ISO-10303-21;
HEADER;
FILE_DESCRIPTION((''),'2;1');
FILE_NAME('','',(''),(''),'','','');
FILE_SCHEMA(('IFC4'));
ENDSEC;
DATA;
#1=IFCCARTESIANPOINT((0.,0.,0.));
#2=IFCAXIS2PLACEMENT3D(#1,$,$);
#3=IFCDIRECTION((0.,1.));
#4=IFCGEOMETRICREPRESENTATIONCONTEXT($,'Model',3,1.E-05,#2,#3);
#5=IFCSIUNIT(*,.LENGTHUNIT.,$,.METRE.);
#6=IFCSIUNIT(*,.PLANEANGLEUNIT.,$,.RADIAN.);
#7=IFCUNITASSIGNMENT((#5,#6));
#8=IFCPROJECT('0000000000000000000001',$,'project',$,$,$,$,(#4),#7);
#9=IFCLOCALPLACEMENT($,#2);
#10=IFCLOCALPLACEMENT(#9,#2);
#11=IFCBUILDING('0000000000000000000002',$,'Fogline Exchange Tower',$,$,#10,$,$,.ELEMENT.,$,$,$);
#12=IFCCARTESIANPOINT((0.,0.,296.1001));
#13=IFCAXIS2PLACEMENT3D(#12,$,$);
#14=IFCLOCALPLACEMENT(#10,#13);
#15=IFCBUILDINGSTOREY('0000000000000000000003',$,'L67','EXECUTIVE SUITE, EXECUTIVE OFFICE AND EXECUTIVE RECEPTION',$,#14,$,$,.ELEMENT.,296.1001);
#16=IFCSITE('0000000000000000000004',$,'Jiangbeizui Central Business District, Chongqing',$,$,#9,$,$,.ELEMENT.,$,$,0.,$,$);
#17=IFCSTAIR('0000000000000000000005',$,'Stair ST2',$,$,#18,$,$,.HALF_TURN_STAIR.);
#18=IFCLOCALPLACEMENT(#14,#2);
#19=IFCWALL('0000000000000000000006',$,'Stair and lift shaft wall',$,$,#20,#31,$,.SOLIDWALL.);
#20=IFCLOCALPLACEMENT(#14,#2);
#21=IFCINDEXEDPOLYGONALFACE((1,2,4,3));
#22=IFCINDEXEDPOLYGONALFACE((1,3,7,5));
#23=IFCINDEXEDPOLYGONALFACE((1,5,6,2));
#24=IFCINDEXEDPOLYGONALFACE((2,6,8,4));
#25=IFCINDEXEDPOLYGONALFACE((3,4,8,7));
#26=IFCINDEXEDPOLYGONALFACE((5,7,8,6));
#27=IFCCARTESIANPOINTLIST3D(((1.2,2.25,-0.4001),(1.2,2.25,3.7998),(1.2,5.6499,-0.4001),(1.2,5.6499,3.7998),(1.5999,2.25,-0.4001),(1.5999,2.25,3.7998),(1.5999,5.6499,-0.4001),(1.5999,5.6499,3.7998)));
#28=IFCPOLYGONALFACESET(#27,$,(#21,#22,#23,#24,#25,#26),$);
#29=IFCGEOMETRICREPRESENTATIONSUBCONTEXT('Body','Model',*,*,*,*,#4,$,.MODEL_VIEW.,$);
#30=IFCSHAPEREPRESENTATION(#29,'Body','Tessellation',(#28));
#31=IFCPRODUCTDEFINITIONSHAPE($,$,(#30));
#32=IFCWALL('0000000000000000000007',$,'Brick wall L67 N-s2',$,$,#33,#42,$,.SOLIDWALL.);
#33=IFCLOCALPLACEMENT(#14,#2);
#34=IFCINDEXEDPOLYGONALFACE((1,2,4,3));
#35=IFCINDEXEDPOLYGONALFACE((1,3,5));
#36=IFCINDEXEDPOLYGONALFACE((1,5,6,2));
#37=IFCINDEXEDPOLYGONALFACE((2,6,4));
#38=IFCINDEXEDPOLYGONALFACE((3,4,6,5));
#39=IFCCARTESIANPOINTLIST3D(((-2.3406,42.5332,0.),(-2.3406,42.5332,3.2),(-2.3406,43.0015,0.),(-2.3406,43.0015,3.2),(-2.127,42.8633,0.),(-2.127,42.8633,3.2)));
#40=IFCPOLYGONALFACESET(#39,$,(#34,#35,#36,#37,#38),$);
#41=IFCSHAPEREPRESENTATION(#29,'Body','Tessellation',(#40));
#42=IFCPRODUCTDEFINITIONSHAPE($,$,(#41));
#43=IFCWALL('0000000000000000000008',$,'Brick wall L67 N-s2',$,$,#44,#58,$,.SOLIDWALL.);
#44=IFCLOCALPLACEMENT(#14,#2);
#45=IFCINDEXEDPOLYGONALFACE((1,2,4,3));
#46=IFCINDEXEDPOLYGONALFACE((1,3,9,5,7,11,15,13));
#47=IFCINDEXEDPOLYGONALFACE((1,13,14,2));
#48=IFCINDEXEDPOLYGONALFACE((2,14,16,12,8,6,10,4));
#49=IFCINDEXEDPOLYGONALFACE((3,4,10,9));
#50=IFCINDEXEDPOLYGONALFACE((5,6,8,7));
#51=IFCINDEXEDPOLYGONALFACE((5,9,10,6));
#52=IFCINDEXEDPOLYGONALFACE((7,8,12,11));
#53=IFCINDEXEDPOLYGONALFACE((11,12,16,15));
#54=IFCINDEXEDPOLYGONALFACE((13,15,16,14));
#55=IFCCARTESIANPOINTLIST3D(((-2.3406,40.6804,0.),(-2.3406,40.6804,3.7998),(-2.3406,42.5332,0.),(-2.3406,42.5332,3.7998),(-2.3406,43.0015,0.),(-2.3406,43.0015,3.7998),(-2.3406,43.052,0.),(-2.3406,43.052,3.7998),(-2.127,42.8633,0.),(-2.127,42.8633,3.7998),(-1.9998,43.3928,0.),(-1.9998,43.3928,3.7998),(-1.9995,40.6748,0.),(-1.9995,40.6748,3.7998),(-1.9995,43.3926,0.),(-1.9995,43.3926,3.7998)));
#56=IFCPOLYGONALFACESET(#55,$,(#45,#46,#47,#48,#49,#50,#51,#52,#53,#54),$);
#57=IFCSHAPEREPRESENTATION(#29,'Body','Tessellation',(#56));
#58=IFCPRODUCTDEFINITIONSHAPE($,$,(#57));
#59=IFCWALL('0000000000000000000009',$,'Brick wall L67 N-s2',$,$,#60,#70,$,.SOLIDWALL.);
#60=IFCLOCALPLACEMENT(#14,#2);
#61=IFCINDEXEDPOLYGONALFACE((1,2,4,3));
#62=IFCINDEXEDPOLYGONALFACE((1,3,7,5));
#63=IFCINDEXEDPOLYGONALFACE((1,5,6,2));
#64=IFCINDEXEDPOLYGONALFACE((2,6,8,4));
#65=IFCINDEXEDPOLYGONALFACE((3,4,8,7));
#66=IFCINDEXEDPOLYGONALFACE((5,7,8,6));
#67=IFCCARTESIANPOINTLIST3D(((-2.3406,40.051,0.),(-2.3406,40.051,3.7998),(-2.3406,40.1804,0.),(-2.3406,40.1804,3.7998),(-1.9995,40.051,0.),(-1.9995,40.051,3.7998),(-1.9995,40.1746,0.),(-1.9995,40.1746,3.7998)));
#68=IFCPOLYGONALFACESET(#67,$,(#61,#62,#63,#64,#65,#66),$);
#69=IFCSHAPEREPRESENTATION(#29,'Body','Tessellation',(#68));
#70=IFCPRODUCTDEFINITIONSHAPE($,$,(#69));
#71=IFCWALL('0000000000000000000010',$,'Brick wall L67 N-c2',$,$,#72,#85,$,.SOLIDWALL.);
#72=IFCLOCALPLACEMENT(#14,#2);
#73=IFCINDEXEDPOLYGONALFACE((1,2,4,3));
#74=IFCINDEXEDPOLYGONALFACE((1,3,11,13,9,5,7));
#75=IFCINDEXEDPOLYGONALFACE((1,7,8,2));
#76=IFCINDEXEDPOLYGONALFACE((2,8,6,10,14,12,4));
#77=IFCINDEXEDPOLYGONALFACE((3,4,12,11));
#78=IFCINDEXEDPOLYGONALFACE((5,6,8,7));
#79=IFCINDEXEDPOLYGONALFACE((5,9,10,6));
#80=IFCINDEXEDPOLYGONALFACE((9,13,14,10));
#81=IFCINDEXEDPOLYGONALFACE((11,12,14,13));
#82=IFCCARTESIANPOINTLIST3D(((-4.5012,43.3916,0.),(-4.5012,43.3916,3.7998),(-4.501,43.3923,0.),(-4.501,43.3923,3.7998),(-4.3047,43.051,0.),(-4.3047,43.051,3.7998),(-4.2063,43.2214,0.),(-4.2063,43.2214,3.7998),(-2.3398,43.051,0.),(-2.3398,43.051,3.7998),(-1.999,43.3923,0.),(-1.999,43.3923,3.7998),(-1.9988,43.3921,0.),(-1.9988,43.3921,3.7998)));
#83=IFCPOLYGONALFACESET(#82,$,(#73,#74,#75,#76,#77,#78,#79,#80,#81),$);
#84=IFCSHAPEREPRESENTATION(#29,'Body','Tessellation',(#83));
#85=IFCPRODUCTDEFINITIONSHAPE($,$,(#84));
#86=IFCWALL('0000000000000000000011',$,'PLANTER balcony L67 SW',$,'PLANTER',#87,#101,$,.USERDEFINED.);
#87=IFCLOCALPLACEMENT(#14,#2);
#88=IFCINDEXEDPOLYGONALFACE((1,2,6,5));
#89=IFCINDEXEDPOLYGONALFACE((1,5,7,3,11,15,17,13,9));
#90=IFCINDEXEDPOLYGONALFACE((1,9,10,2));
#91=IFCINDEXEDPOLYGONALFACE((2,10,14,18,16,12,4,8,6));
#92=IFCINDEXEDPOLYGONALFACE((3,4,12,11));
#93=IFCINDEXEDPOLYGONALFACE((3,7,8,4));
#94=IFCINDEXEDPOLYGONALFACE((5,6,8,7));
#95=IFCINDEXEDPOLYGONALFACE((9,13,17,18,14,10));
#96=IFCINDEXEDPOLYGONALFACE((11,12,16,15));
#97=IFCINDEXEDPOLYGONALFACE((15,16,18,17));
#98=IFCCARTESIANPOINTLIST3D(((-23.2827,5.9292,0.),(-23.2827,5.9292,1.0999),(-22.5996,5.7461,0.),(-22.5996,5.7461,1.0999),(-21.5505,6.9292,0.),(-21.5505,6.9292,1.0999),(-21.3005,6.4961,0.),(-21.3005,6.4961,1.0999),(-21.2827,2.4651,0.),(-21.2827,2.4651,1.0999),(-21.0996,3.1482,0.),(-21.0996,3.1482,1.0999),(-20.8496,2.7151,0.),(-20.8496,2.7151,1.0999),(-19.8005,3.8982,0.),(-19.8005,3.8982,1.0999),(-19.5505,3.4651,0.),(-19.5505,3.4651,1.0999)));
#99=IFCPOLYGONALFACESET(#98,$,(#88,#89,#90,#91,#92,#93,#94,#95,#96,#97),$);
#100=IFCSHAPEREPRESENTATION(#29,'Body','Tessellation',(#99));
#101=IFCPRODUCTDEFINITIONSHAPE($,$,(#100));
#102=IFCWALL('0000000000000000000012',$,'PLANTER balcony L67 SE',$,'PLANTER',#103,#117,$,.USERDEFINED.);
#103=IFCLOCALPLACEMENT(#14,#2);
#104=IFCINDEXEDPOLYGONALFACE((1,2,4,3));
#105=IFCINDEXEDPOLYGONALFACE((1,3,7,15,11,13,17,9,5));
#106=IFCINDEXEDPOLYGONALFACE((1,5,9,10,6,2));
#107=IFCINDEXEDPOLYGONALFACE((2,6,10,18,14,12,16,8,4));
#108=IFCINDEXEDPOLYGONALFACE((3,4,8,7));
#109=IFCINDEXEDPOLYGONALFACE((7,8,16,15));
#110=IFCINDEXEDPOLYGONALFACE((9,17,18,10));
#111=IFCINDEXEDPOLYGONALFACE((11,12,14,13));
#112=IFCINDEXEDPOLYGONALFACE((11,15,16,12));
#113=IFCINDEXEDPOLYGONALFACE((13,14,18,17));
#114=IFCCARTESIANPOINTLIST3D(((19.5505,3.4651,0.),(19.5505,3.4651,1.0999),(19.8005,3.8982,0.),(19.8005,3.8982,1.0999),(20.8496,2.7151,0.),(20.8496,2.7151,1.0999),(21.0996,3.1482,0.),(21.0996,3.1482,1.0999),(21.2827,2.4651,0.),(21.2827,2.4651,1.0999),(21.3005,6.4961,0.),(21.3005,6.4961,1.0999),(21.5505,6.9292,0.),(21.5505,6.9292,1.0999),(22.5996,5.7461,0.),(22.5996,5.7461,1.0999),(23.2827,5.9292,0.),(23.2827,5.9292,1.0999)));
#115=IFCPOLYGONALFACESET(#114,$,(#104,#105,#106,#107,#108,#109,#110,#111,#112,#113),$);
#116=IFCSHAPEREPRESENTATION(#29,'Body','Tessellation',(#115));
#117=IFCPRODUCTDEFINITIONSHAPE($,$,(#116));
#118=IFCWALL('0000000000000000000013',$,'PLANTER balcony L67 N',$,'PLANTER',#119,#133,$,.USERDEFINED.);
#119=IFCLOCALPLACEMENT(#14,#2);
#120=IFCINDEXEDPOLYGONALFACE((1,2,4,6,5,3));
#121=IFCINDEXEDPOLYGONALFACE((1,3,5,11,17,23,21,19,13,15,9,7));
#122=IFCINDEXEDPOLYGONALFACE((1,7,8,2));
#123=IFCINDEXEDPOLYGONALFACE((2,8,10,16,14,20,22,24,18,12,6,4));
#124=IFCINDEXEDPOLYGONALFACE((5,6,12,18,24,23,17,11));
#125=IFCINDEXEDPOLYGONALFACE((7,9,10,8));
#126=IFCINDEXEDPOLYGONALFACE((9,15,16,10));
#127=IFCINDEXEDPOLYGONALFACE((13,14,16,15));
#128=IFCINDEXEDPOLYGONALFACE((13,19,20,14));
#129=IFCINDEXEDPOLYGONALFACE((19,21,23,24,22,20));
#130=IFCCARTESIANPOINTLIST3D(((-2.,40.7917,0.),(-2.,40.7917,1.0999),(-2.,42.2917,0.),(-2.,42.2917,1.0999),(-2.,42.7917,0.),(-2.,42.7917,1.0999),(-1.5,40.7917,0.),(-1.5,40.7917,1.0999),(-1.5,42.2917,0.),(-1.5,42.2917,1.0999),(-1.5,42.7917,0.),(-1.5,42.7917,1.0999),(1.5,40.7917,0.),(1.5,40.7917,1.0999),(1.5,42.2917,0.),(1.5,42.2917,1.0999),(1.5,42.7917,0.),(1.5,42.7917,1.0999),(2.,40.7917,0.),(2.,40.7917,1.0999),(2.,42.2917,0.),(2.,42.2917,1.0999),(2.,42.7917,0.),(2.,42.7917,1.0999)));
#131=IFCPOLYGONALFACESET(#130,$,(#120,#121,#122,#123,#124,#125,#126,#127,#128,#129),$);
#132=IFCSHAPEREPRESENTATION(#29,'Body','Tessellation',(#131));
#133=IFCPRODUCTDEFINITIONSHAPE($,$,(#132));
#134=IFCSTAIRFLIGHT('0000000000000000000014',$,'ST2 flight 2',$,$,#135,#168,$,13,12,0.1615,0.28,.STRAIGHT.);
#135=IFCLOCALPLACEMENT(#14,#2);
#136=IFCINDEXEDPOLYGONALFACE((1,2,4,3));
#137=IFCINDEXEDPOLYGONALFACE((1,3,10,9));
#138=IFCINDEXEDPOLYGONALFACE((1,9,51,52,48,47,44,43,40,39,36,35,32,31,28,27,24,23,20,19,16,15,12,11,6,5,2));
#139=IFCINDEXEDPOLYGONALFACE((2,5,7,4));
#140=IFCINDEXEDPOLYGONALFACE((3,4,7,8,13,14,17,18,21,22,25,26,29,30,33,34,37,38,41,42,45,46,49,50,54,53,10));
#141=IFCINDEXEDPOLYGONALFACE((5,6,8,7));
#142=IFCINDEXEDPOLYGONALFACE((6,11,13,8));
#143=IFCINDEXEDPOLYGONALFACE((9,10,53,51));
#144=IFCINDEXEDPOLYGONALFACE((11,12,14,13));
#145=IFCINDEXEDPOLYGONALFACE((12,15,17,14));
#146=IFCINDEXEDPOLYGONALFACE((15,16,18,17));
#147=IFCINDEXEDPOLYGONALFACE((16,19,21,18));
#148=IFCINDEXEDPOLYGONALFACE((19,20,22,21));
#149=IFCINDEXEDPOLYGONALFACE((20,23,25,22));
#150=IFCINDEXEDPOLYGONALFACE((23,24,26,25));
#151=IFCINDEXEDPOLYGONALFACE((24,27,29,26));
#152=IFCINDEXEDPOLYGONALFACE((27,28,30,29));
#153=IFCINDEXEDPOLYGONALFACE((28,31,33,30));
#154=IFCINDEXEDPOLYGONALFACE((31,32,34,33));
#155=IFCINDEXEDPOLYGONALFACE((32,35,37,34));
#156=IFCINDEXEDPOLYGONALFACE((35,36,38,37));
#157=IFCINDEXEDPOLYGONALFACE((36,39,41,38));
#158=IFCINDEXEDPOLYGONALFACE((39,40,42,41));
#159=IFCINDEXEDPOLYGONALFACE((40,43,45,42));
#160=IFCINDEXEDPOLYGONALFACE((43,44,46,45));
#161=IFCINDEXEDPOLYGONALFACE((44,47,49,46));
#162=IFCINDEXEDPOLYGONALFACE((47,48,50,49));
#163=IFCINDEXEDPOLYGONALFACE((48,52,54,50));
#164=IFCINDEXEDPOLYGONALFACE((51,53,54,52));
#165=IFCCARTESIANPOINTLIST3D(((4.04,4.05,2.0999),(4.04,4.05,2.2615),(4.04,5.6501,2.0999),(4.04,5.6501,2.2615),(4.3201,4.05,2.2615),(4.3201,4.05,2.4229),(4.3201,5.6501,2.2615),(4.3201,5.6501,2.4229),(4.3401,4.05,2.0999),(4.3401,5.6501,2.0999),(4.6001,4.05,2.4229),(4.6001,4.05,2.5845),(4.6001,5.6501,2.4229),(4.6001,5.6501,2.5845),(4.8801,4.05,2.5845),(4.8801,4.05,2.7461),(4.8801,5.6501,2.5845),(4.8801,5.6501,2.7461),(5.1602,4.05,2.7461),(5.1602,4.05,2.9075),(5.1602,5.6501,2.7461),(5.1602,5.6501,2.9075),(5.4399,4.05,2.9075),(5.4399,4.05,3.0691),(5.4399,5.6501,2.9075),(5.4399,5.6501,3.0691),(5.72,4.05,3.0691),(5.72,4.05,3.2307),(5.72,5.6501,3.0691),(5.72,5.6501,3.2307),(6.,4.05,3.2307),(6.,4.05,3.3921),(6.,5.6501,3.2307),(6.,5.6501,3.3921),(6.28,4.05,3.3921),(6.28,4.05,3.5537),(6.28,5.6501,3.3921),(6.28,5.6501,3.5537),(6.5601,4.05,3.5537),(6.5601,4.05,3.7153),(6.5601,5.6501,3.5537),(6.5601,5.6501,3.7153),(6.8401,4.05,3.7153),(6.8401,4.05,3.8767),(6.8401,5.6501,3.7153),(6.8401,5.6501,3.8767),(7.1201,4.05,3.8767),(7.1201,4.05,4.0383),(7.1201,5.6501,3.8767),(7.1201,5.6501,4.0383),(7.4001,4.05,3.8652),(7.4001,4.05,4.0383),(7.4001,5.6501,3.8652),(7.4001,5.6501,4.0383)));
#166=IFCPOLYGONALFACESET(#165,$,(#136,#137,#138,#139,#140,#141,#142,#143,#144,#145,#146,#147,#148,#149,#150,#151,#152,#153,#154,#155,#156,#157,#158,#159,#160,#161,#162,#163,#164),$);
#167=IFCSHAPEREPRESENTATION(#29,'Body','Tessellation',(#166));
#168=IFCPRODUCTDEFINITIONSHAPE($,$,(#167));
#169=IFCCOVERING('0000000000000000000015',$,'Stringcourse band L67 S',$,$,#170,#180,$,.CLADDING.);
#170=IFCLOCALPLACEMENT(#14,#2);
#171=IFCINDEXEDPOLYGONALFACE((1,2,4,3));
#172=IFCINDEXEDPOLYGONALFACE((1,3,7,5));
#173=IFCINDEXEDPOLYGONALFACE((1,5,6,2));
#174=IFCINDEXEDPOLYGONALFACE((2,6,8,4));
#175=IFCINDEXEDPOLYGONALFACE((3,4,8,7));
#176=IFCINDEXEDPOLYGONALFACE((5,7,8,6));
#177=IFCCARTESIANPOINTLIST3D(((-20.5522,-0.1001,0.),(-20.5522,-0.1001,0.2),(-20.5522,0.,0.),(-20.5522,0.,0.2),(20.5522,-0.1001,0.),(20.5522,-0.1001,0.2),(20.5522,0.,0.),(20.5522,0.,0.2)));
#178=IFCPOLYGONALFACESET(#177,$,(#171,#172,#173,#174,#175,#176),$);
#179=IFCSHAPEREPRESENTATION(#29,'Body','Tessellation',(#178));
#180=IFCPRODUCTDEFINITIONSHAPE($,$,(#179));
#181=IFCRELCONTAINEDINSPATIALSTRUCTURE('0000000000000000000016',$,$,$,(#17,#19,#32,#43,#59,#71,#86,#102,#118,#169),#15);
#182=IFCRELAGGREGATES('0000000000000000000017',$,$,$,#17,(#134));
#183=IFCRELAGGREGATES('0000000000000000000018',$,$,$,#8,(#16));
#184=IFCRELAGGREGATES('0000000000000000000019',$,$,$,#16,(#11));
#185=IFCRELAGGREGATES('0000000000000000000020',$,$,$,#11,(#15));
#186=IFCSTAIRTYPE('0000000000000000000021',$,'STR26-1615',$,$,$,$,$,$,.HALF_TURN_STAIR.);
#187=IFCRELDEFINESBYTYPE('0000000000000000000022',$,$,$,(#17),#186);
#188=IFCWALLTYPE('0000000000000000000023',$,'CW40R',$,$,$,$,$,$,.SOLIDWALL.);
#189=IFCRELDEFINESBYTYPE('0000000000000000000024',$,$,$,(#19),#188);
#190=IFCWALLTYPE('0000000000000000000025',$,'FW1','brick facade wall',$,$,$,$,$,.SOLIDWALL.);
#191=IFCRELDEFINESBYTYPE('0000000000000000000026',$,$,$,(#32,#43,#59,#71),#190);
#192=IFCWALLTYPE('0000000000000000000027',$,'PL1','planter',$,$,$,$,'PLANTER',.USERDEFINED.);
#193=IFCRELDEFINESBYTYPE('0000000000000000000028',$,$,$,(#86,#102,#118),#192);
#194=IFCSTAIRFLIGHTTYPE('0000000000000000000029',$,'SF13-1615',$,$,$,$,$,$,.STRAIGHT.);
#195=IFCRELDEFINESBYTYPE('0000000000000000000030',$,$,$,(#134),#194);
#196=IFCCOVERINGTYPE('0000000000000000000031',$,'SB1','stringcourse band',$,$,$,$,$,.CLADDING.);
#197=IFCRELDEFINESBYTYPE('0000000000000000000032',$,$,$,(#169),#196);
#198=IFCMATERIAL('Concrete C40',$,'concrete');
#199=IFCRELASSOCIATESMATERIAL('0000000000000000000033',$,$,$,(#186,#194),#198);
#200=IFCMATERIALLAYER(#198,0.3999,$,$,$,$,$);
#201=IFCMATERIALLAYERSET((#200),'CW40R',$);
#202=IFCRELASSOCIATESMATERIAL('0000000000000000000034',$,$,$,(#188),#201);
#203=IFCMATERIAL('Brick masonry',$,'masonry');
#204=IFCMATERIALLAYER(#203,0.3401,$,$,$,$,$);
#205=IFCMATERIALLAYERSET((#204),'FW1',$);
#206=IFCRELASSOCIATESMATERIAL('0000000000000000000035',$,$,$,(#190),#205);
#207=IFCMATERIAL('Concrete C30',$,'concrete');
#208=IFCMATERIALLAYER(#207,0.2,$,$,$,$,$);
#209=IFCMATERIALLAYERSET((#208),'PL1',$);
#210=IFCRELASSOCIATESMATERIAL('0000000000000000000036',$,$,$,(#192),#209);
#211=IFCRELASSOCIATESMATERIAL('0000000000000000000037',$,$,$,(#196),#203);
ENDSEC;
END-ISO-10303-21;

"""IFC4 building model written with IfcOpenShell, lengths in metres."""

from ifc_helpers import new_model, si_unit, direction, frame, frame_2d, origin, place, context, subcontext, project, spatial, polyline, rectangle, outline, extrude, material, layer, layer_set, type_object, element, aggregate, save


model = new_model("IFC4")

# Units and contexts
model_context = context("Model", 3, precision=1e-05, world=origin(), true_north=direction((0.0, 1.0)))
body_context = subcontext(model_context, "Body", "Model", "MODEL_VIEW")
ifc_project = project(units=[si_unit("LENGTHUNIT", "METRE"), si_unit("PLANEANGLEUNIT", "RADIAN")], contexts=[model_context])

# Site, building, storey
site_placement = place(None, origin())
site = spatial("IfcSite", under=ifc_project, at=site_placement, Name="Jiangbeizui Central Business District, Chongqing", CompositionType="ELEMENT", RefElevation=0.0)
building_placement = place(site_placement, origin())
building = spatial("IfcBuilding", under=site, at=building_placement, Name="Fogline Exchange Tower", CompositionType="ELEMENT")
storey_placement = place(building_placement, frame((0.0, 0.0, 296.1001)))
storey = spatial("IfcBuildingStorey", under=building, at=storey_placement, Name="L67", Description="EXECUTIVE SUITE, EXECUTIVE OFFICE AND EXECUTIVE RECEPTION", CompositionType="ELEMENT", Elevation=296.1001)

# Shared definitions
ifc_material_1 = material(Name="Concrete C40", Category="concrete")

# Stair
stair_type = type_object("IfcStairType", Name="STR26-1615", PredefinedType="HALF_TURN_STAIR", material=ifc_material_1)
stair_1_placement = place(storey_placement, origin())
stair_1 = element("IfcStair", 1, at=stair_1_placement, inside=storey, type_object=stair_type, Name="Stair ST2", PredefinedType="HALF_TURN_STAIR")

# Walls
ifc_layer_1 = layer(ifc_material_1, 0.3999)
ifc_layer_set_1 = layer_set([ifc_layer_1], Name="CW40R")
wall_type_1 = type_object("IfcWallType", Name="CW40R", PredefinedType="SOLIDWALL", material=ifc_layer_set_1)
wall_1_placement = place(storey_placement, frame((1.3999, 2.25, -0.4001), z_axis=(0.0, 0.0, 1.0), x_axis=(0.0, 1.0, 0.0)))
element("IfcWall", 2, at=wall_1_placement, inside=storey, type_object=wall_type_1, Name="Stair and lift shaft wall", PredefinedType="SOLIDWALL", context=body_context, shape_type="SweptSolid", body=[
    extrude(rectangle(XDim=3.3999, YDim=0.3999, at=frame_2d((1.7, 0.0))), origin(), (0.0, 0.0, 1.0), 4.2),
])
ifc_material_2 = material(Name="Brick masonry", Category="masonry")
ifc_layer_2 = layer(ifc_material_2, 0.3401)
ifc_layer_set_2 = layer_set([ifc_layer_2], Name="FW1")
wall_type_2 = type_object("IfcWallType", Name="FW1", Description="brick facade wall", PredefinedType="SOLIDWALL", material=ifc_layer_set_2)
wall_2_placement = place(storey_placement, origin())
element("IfcWall", 3, at=wall_2_placement, inside=storey, type_object=wall_type_2, Name="Brick wall L67 N-s2", PredefinedType="SOLIDWALL", context=body_context, shape_type="SweptSolid", body=[
    extrude(outline(polyline([(-2.3406, 43.0015), (-2.127, 42.8633), (-2.3406, 42.5332), (-2.3406, 43.0015)])), origin(), (0.0, 0.0, 1.0), 3.2),
])
wall_3_placement = place(storey_placement, origin())
element("IfcWall", 4, at=wall_3_placement, inside=storey, type_object=wall_type_2, Name="Brick wall L67 N-s2", PredefinedType="SOLIDWALL", context=body_context, shape_type="SweptSolid", body=[
    extrude(outline(polyline([(-2.3406, 40.6804), (-2.3406, 42.5332), (-2.127, 42.8633), (-2.3406, 43.0015), (-2.3406, 43.052), (-1.9998, 43.3928), (-1.9995, 43.3926), (-1.9995, 40.6748), (-2.3406, 40.6804)])), origin(), (0.0, 0.0, 1.0), 3.7998),
])
wall_4_placement = place(storey_placement, origin())
element("IfcWall", 5, at=wall_4_placement, inside=storey, type_object=wall_type_2, Name="Brick wall L67 N-s2", PredefinedType="SOLIDWALL", context=body_context, shape_type="SweptSolid", body=[
    extrude(outline(polyline([(-2.3406, 40.051), (-2.3406, 40.1804), (-1.9995, 40.1746), (-1.9995, 40.051), (-2.3406, 40.051)])), origin(), (0.0, 0.0, 1.0), 3.7998),
])
wall_5_placement = place(storey_placement, origin())
element("IfcWall", 6, at=wall_5_placement, inside=storey, type_object=wall_type_2, Name="Brick wall L67 N-c2", PredefinedType="SOLIDWALL", context=body_context, shape_type="SweptSolid", body=[
    extrude(outline(polyline([(-4.3047, 43.051), (-4.2063, 43.2214), (-4.5012, 43.3916), (-4.501, 43.3923), (-1.999, 43.3923), (-1.9988, 43.3921), (-2.3398, 43.051), (-4.3047, 43.051)])), origin(), (0.0, 0.0, 1.0), 3.7998),
])
ifc_material_3 = material(Name="Concrete C30", Category="concrete")
ifc_layer_3 = layer(ifc_material_3, 0.2)
ifc_layer_set_3 = layer_set([ifc_layer_3], Name="PL1")
wall_type_3 = type_object("IfcWallType", Name="PL1", Description="planter", ElementType="PLANTER", PredefinedType="USERDEFINED", material=ifc_layer_set_3)
wall_6_placement = place(storey_placement, origin())
element("IfcWall", 7, at=wall_6_placement, inside=storey, type_object=wall_type_3, Name="PLANTER balcony L67 SW", ObjectType="PLANTER", PredefinedType="USERDEFINED", context=body_context, shape_type="SweptSolid", body=[
    extrude(outline(polyline([(-19.8005, 3.8982), (-21.0996, 3.1482), (-22.5996, 5.7461), (-21.3005, 6.4961), (-21.5505, 6.9292), (-23.2827, 5.9292), (-21.2827, 2.4651), (-20.8496, 2.7151), (-20.8496, 2.7151), (-19.5505, 3.4651), (-19.8005, 3.8982)])), origin(), (0.0, 0.0, 1.0), 1.0999),
])
wall_7_placement = place(storey_placement, origin())
element("IfcWall", 8, at=wall_7_placement, inside=storey, type_object=wall_type_3, Name="PLANTER balcony L67 SE", ObjectType="PLANTER", PredefinedType="USERDEFINED", context=body_context, shape_type="SweptSolid", body=[
    extrude(outline(polyline([(19.5505, 3.4651), (20.8496, 2.7151), (20.8496, 2.7151), (21.2827, 2.4651), (23.2827, 5.9292), (21.5505, 6.9292), (21.3005, 6.4961), (22.5996, 5.7461), (21.0996, 3.1482), (19.8005, 3.8982), (19.5505, 3.4651)])), origin(), (0.0, 0.0, 1.0), 1.0999),
])
wall_8_placement = place(storey_placement, origin())
element("IfcWall", 9, at=wall_8_placement, inside=storey, type_object=wall_type_3, Name="PLANTER balcony L67 N", ObjectType="PLANTER", PredefinedType="USERDEFINED", context=body_context, shape_type="SweptSolid", body=[
    extrude(outline(polyline([(-1.5, 42.7917), (-2.0, 42.7917), (-2.0, 42.2917), (-2.0, 40.7917), (-1.5, 40.7917), (-1.5, 42.2917), (1.5, 42.2917), (1.5, 40.7917), (2.0, 40.7917), (2.0, 42.2917), (2.0, 42.7917), (1.5, 42.7917), (-1.5, 42.7917)])), origin(), (0.0, 0.0, 1.0), 1.0999),
])

# Stair flight
stair_flight_type = type_object("IfcStairFlightType", Name="SF13-1615", PredefinedType="STRAIGHT", material=ifc_material_1)
stair_flight_placement = place(storey_placement, frame((4.04, 4.8501, 2.0999), z_axis=(0.0, 0.0, 1.0), x_axis=(1.0, 0.0, 0.0)))
stair_flight = element("IfcStairFlight", 10, at=stair_flight_placement, type_object=stair_flight_type, Name="ST2 flight 2", NumberOfRisers=13, NumberOfTreads=12, PredefinedType="STRAIGHT", RiserHeight=0.1615, TreadLength=0.28, context=body_context, shape_type="SweptSolid", body=[
    extrude(outline(polyline([(0.0, 0.0), (0.0, 0.1616), (0.28, 0.1616), (0.28, 0.323), (0.5601, 0.323), (0.5601, 0.4846), (0.8401, 0.4846), (0.8401, 0.6462), (1.1201, 0.6462), (1.1201, 0.8076), (1.3999, 0.8076), (1.3999, 0.9692), (1.6799, 0.9692), (1.6799, 1.1309), (1.96, 1.1309), (1.96, 1.2922), (2.24, 1.2922), (2.24, 1.4539), (2.52, 1.4539), (2.52, 1.6155), (2.8, 1.6155), (2.8, 1.7769), (3.0801, 1.7769), (3.0801, 1.9385), (3.3601, 1.9385), (3.3601, 2.1001), (3.3601, 1.7654), (0.3, 0.0), (0.0, 0.0)])), frame((0.0, 0.8, 0.0), z_axis=(0.0, -1.0, 0.0), x_axis=(1.0, 0.0, 0.0)), (0.0, 0.0, 1.0), 1.6001),
])
aggregate(stair_1, [stair_flight])

# Covering
covering_type = type_object("IfcCoveringType", Name="SB1", Description="stringcourse band", PredefinedType="CLADDING", material=ifc_material_2)
covering_1_placement = place(storey_placement, origin())
element("IfcCovering", 11, at=covering_1_placement, inside=storey, type_object=covering_type, Name="Stringcourse band L67 S", PredefinedType="CLADDING", context=body_context, shape_type="SweptSolid", body=[
    extrude(outline(polyline([(-20.5522, 0.0), (-20.5522, -0.1001), (20.5522, -0.1001), (20.5522, 0.0), (-20.5522, 0.0)])), origin(), (0.0, 0.0, 1.0), 0.2),
])

save(model, "model.ifc")
